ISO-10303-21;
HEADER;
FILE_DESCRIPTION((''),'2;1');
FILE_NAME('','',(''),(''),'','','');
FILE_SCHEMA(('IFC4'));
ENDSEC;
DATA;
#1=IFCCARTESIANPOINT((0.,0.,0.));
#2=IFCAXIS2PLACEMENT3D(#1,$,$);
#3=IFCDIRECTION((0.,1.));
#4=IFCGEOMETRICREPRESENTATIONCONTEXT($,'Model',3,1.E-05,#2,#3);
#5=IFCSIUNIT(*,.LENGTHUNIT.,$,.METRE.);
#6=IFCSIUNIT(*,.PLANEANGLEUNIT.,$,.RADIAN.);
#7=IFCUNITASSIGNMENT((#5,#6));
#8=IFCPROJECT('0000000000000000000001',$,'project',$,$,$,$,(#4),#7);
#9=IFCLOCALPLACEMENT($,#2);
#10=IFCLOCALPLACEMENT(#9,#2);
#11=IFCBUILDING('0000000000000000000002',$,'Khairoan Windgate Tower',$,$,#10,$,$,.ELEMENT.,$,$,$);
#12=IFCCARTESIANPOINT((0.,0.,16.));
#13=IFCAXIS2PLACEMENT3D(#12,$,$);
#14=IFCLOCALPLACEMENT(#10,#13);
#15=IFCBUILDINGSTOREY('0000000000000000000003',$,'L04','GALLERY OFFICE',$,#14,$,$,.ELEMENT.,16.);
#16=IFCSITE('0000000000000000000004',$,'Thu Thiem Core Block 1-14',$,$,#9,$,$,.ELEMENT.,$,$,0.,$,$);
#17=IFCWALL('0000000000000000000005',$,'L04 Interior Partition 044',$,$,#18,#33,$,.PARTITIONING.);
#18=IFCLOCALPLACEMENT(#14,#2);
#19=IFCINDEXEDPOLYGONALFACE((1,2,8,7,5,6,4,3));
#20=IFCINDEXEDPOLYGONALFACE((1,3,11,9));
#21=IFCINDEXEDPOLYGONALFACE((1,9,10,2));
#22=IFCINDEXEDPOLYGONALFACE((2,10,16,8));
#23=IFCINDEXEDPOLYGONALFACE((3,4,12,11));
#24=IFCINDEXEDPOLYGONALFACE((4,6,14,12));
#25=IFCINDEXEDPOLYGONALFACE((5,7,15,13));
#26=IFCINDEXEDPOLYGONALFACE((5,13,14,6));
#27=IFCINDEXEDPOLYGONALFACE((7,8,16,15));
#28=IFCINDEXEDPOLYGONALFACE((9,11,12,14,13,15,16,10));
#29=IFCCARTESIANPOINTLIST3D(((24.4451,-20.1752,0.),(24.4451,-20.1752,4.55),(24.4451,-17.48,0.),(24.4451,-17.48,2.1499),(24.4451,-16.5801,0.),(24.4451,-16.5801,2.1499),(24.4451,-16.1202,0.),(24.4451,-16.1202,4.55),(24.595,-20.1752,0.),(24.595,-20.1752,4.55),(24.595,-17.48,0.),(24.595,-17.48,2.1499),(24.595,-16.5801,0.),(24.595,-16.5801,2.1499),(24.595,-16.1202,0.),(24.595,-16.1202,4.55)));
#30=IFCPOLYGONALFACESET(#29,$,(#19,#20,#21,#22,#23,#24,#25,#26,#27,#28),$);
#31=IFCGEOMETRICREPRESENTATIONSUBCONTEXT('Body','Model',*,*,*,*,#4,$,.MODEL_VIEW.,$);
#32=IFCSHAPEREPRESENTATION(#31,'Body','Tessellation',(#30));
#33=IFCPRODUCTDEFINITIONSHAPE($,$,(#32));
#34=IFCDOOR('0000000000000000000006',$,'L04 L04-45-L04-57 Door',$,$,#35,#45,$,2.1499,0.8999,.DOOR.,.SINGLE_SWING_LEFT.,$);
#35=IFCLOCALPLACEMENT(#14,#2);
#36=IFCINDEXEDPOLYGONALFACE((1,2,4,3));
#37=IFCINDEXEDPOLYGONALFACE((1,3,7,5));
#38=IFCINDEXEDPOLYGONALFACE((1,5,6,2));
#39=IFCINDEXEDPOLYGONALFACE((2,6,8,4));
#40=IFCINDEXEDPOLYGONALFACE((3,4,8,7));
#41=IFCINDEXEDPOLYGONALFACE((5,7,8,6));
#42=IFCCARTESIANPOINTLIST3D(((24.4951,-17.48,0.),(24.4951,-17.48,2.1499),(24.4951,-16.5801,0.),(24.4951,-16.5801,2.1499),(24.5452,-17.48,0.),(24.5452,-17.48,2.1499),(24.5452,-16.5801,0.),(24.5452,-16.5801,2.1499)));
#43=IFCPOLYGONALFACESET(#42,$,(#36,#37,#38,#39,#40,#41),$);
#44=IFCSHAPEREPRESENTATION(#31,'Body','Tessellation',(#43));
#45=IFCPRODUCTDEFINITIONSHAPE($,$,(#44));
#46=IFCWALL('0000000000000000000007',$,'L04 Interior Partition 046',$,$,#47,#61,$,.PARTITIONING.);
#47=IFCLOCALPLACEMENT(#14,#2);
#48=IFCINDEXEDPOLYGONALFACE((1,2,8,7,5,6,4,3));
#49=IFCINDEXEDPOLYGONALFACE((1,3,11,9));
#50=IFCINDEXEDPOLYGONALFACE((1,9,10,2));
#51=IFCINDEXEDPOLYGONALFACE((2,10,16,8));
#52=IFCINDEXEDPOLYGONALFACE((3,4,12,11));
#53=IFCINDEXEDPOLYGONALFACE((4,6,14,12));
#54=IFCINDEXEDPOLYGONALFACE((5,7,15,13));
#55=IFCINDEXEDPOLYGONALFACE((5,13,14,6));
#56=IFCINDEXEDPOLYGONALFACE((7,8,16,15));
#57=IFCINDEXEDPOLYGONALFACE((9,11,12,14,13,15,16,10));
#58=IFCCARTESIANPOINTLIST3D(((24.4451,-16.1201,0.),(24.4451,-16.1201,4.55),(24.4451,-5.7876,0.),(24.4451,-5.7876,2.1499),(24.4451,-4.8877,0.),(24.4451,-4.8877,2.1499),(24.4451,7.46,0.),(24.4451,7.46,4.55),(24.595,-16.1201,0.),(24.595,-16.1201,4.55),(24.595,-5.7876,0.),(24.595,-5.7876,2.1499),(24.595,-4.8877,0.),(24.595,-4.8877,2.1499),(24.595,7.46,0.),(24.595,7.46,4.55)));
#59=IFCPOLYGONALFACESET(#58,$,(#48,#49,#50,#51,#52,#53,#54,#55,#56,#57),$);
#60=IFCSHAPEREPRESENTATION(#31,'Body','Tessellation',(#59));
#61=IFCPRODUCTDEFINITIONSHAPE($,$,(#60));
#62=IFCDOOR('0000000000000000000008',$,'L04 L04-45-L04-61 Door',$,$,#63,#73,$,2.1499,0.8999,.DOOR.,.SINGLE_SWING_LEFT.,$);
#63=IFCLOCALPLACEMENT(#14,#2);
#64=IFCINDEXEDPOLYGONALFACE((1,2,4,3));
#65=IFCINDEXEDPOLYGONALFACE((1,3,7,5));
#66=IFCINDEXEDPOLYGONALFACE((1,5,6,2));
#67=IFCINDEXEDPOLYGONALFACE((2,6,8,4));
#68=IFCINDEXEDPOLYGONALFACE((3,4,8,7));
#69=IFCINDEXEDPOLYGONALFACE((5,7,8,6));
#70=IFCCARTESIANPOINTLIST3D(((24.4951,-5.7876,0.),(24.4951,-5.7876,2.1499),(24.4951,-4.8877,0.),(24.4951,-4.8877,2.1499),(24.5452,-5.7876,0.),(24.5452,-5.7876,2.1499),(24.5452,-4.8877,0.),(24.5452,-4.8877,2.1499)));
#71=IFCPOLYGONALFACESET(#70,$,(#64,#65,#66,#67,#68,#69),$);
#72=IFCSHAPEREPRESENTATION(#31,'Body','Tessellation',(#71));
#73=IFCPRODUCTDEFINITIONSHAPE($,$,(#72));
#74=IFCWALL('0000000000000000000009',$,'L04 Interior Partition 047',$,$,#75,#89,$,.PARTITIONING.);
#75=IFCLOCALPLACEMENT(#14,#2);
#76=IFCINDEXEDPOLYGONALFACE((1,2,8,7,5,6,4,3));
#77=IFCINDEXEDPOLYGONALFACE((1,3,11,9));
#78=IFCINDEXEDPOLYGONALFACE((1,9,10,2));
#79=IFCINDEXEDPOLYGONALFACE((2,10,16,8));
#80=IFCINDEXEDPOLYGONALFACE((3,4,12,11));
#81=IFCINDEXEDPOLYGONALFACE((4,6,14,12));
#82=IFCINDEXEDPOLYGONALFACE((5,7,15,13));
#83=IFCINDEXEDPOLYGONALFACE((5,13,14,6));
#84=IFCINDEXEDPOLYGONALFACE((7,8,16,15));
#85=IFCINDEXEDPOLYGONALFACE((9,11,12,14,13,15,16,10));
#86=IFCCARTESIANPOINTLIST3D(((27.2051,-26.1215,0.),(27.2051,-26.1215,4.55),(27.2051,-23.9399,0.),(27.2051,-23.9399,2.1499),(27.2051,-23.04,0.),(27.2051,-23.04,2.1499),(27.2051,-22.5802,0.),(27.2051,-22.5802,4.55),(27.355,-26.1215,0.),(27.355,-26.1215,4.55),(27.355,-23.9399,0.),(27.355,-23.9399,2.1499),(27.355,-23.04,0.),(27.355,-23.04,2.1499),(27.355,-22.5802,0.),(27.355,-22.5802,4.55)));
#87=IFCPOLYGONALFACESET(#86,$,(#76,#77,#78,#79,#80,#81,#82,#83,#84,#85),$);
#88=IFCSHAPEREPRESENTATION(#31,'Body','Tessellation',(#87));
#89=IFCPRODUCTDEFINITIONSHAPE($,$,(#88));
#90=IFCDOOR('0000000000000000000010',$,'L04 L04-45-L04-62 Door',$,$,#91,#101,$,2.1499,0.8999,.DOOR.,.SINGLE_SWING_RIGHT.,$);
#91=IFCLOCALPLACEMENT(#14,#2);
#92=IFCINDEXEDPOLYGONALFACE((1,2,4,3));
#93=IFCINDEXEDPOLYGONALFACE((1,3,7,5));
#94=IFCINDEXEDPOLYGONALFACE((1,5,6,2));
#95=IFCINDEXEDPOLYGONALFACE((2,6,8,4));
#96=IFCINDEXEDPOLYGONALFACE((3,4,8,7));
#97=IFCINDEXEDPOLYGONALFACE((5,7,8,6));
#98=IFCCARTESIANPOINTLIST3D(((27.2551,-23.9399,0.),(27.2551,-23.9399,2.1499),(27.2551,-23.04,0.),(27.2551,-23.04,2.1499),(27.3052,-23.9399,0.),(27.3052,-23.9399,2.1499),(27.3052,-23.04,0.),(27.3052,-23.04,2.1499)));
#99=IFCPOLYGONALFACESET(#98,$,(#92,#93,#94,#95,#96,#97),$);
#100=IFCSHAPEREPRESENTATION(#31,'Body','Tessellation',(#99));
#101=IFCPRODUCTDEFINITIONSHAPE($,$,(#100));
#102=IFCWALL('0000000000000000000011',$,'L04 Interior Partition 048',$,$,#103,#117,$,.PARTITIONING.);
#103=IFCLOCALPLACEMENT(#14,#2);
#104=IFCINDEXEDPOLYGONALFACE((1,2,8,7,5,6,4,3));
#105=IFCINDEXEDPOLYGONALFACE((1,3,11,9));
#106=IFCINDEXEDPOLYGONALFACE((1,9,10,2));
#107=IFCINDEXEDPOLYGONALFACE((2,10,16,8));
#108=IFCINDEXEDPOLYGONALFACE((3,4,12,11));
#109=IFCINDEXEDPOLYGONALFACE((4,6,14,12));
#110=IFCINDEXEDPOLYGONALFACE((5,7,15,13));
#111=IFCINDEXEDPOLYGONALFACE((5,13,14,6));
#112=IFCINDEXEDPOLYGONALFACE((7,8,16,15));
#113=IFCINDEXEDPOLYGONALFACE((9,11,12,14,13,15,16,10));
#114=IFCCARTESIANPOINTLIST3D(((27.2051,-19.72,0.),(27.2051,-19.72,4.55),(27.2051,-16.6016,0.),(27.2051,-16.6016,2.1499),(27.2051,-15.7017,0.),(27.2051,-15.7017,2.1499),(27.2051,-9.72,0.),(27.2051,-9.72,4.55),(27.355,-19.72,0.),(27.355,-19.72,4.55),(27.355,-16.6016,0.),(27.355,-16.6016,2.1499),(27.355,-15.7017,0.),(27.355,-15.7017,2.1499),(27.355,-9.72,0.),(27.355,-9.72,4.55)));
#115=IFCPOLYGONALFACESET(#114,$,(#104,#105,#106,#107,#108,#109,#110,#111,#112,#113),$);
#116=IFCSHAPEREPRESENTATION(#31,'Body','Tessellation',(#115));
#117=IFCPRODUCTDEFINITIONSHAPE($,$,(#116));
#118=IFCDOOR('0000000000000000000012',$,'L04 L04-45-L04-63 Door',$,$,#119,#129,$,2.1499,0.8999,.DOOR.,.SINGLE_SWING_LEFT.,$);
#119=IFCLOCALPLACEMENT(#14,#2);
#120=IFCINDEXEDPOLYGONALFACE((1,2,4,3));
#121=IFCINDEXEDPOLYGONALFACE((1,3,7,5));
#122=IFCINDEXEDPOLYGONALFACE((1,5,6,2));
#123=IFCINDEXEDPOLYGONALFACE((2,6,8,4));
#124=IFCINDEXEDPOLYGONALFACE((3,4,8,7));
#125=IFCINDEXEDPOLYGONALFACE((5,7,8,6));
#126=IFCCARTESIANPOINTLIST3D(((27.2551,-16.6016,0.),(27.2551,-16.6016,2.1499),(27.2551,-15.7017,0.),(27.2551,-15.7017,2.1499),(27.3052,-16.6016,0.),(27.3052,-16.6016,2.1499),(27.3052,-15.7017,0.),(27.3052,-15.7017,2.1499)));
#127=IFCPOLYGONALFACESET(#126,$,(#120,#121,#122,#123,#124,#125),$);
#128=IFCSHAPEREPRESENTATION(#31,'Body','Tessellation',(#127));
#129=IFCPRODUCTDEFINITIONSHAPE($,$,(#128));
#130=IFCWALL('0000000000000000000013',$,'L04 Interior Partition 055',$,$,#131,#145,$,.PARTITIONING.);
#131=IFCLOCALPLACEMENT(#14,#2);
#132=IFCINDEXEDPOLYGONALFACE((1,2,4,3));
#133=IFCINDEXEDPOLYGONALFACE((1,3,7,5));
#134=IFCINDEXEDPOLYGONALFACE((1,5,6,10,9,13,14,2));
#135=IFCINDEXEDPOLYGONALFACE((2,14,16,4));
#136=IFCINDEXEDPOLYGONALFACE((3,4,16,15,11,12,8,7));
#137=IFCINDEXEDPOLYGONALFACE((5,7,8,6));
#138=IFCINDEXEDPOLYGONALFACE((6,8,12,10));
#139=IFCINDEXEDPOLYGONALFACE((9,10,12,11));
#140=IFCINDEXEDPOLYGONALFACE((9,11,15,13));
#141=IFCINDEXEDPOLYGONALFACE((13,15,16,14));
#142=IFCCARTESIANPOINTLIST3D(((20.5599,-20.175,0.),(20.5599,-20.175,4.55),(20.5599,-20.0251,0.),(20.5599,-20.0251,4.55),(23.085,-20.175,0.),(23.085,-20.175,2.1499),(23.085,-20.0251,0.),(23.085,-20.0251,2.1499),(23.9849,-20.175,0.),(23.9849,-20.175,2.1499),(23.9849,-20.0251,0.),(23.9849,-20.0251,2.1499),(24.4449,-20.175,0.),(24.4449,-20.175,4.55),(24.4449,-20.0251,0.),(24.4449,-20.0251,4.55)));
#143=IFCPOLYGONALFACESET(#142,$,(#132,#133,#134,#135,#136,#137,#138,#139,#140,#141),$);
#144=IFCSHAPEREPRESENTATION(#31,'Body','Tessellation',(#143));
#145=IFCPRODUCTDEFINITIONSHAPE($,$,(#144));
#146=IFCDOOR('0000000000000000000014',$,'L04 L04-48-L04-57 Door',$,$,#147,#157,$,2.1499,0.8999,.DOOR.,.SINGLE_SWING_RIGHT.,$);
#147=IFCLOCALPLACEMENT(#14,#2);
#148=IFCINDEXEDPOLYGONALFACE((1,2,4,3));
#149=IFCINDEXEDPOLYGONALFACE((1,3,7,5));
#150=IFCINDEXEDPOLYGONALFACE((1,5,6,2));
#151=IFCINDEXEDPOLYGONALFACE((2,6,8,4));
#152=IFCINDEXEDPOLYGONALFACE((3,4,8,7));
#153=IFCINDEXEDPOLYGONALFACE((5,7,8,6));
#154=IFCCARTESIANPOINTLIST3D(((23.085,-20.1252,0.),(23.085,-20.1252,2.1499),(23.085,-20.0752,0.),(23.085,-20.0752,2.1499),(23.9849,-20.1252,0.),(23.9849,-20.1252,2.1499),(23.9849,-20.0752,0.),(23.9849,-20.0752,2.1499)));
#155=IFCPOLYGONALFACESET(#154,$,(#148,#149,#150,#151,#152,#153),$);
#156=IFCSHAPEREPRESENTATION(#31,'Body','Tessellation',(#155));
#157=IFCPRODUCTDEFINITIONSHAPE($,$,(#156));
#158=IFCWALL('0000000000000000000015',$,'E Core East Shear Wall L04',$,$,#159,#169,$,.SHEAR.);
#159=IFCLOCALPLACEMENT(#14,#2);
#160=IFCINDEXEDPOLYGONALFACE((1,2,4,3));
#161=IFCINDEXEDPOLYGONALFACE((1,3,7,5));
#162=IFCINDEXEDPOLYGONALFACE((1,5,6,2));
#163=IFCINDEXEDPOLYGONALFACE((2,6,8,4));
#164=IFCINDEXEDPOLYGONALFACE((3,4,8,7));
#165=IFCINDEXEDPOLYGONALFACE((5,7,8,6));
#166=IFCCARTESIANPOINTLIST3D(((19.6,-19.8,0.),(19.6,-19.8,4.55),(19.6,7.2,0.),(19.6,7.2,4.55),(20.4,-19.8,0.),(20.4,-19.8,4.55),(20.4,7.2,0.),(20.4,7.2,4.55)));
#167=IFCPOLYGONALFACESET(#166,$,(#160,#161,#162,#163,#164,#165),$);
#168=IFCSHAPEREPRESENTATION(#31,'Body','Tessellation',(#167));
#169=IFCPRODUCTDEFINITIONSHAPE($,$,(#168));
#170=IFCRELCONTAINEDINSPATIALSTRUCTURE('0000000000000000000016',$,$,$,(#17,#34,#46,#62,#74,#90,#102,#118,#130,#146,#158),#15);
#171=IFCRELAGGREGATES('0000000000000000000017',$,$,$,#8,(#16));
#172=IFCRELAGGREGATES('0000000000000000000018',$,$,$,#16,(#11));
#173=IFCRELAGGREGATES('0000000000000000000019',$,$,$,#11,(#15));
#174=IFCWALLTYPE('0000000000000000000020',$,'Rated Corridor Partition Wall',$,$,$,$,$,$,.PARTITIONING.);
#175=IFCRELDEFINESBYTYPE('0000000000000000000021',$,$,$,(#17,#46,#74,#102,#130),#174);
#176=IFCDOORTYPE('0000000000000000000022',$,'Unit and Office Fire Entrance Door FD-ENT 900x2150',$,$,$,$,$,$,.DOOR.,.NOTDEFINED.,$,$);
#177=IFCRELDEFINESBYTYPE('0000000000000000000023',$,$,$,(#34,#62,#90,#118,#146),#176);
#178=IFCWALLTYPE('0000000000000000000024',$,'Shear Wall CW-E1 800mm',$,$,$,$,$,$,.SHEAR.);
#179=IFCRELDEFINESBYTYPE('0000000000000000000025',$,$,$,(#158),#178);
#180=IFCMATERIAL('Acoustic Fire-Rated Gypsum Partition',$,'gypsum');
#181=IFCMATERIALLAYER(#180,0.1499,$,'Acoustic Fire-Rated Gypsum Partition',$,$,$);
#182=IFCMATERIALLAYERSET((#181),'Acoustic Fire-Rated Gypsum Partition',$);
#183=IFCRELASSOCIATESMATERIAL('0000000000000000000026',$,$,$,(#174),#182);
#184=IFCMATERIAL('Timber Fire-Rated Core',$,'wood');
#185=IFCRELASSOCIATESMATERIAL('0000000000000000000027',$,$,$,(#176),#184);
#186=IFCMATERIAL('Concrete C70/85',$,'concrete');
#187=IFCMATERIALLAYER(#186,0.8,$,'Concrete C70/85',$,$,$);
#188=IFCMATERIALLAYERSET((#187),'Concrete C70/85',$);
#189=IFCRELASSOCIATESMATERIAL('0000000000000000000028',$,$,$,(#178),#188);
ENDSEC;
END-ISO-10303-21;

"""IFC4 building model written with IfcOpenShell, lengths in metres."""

from ifc_helpers import new_model, si_unit, direction, frame, frame_2d, origin, place, context, subcontext, project, spatial, rectangle, extrude, material, layer, layer_set, type_object, element, fill, save


model = new_model("IFC4")

# Units and contexts
model_context = context("Model", 3, precision=1e-05, world=origin(), true_north=direction((0.0, 1.0)))
body_context = subcontext(model_context, "Body", "Model", "MODEL_VIEW")
ifc_project = project(units=[si_unit("LENGTHUNIT", "METRE"), si_unit("PLANEANGLEUNIT", "RADIAN")], contexts=[model_context])

# Site, building, storey
site_placement = place(None, origin())
site = spatial("IfcSite", under=ifc_project, at=site_placement, Name="Thu Thiem Core Block 1-14", CompositionType="ELEMENT", RefElevation=0.0)
building_placement = place(site_placement, origin())
building = spatial("IfcBuilding", under=site, at=building_placement, Name="Khairoan Windgate Tower", CompositionType="ELEMENT")
storey_placement = place(building_placement, frame((0.0, 0.0, 16.0)))
storey = spatial("IfcBuildingStorey", under=building, at=storey_placement, Name="L04", Description="GALLERY OFFICE", CompositionType="ELEMENT", Elevation=16.0)

# Walls, openings, doors
ifc_material_1 = material(Name="Acoustic Fire-Rated Gypsum Partition", Category="gypsum")
ifc_layer_1 = layer(ifc_material_1, 0.1499, Name="Acoustic Fire-Rated Gypsum Partition")
ifc_layer_set_1 = layer_set([ifc_layer_1], Name="Acoustic Fire-Rated Gypsum Partition")
wall_type_1 = type_object("IfcWallType", Name="Rated Corridor Partition Wall", PredefinedType="PARTITIONING", material=ifc_layer_set_1)
ifc_material_2 = material(Name="Timber Fire-Rated Core", Category="wood")
door_type = type_object("IfcDoorType", Name="Unit and Office Fire Entrance Door FD-ENT 900x2150", OperationType="NOTDEFINED", PredefinedType="DOOR", material=ifc_material_2)
wall_1_placement = place(storey_placement, frame((24.52, -20.175, 0.0), z_axis=(0.0, 0.0, 1.0), x_axis=(0.0, 1.0, 0.0)))
wall_1 = element("IfcWall", 1, at=wall_1_placement, inside=storey, type_object=wall_type_1, Name="L04 Interior Partition 044", PredefinedType="PARTITIONING", context=body_context, shape_type="SweptSolid", body=[
    extrude(rectangle(XDim=4.0549, YDim=0.1499, at=frame_2d((2.0273, 0.0))), origin(), (0.0, 0.0, 1.0), 4.55),
])
opening_1_placement = place(wall_1_placement, frame((2.6951, 0.0, 0.0)))
opening_1 = element("IfcOpeningElement", 2, at=opening_1_placement, cuts=wall_1, PredefinedType="OPENING", context=body_context, shape_type="SweptSolid", body=[
    extrude(rectangle(XDim=0.8999, YDim=2.1499, at=frame_2d((0.45, 1.075))), frame((0.0, 0.085, 0.0), z_axis=(0.0, -1.0, 0.0), x_axis=(1.0, 0.0, 0.0)), (0.0, 0.0, 1.0), 0.1699),
])
door_1_placement = place(opening_1_placement, origin())
door_1 = element("IfcDoor", 3, at=door_1_placement, inside=storey, type_object=door_type, Name="L04 L04-45-L04-57 Door", OperationType="SINGLE_SWING_LEFT", OverallHeight=2.1499, OverallWidth=0.8999, PredefinedType="DOOR", context=body_context, shape_type="SweptSolid", body=[
    extrude(rectangle(XDim=0.8999, YDim=2.1499, at=frame_2d((0.45, 1.075))), frame((0.0, 0.0249, 0.0), z_axis=(0.0, -1.0, 0.0), x_axis=(1.0, 0.0, 0.0)), (0.0, 0.0, 1.0), 0.05),
])
fill(opening_1, door_1)
wall_2_placement = place(storey_placement, frame((24.52, -16.1201, 0.0), z_axis=(0.0, 0.0, 1.0), x_axis=(0.0, 1.0, 0.0)))
wall_2 = element("IfcWall", 4, at=wall_2_placement, inside=storey, type_object=wall_type_1, Name="L04 Interior Partition 046", PredefinedType="PARTITIONING", context=body_context, shape_type="SweptSolid", body=[
    extrude(rectangle(XDim=23.5801, YDim=0.1499, at=frame_2d((11.79, 0.0))), origin(), (0.0, 0.0, 1.0), 4.55),
])
opening_2_placement = place(wall_2_placement, frame((10.3325, 0.0, 0.0)))
opening_2 = element("IfcOpeningElement", 5, at=opening_2_placement, cuts=wall_2, PredefinedType="OPENING", context=body_context, shape_type="SweptSolid", body=[
    extrude(rectangle(XDim=0.8999, YDim=2.1499, at=frame_2d((0.45, 1.075))), frame((0.0, 0.085, 0.0), z_axis=(0.0, -1.0, 0.0), x_axis=(1.0, 0.0, 0.0)), (0.0, 0.0, 1.0), 0.1699),
])
door_2_placement = place(opening_2_placement, origin())
door_2 = element("IfcDoor", 6, at=door_2_placement, inside=storey, type_object=door_type, Name="L04 L04-45-L04-61 Door", OperationType="SINGLE_SWING_LEFT", OverallHeight=2.1499, OverallWidth=0.8999, PredefinedType="DOOR", context=body_context, shape_type="SweptSolid", body=[
    extrude(rectangle(XDim=0.8999, YDim=2.1499, at=frame_2d((0.45, 1.075))), frame((0.0, 0.0249, 0.0), z_axis=(0.0, -1.0, 0.0), x_axis=(1.0, 0.0, 0.0)), (0.0, 0.0, 1.0), 0.05),
])
fill(opening_2, door_2)
wall_3_placement = place(storey_placement, frame((27.28, -26.1213, 0.0), z_axis=(0.0, 0.0, 1.0), x_axis=(0.0, 1.0, 0.0)))
wall_3 = element("IfcWall", 7, at=wall_3_placement, inside=storey, type_object=wall_type_1, Name="L04 Interior Partition 047", PredefinedType="PARTITIONING", context=body_context, shape_type="SweptSolid", body=[
    extrude(rectangle(XDim=3.5413, YDim=0.1499, at=frame_2d((1.7705, 0.0))), origin(), (0.0, 0.0, 1.0), 4.55),
])
opening_3_placement = place(wall_3_placement, frame((2.1814, 0.0, 0.0)))
opening_3 = element("IfcOpeningElement", 8, at=opening_3_placement, cuts=wall_3, PredefinedType="OPENING", context=body_context, shape_type="SweptSolid", body=[
    extrude(rectangle(XDim=0.8999, YDim=2.1499, at=frame_2d((0.45, 1.075))), frame((0.0, 0.085, 0.0), z_axis=(0.0, -1.0, 0.0), x_axis=(1.0, 0.0, 0.0)), (0.0, 0.0, 1.0), 0.1699),
])
door_3_placement = place(opening_3_placement, origin())
door_3 = element("IfcDoor", 9, at=door_3_placement, inside=storey, type_object=door_type, Name="L04 L04-45-L04-62 Door", OperationType="SINGLE_SWING_RIGHT", OverallHeight=2.1499, OverallWidth=0.8999, PredefinedType="DOOR", context=body_context, shape_type="SweptSolid", body=[
    extrude(rectangle(XDim=0.8999, YDim=2.1499, at=frame_2d((0.45, 1.075))), frame((0.0, 0.0249, 0.0), z_axis=(0.0, -1.0, 0.0), x_axis=(1.0, 0.0, 0.0)), (0.0, 0.0, 1.0), 0.05),
])
fill(opening_3, door_3)
wall_4_placement = place(storey_placement, frame((27.28, -19.72, 0.0), z_axis=(0.0, 0.0, 1.0), x_axis=(0.0, 1.0, 0.0)))
wall_4 = element("IfcWall", 10, at=wall_4_placement, inside=storey, type_object=wall_type_1, Name="L04 Interior Partition 048", PredefinedType="PARTITIONING", context=body_context, shape_type="SweptSolid", body=[
    extrude(rectangle(XDim=10.0, YDim=0.1499, at=frame_2d((5.0, 0.0))), origin(), (0.0, 0.0, 1.0), 4.55),
])
opening_4_placement = place(wall_4_placement, frame((3.1184, 0.0, 0.0)))
opening_4 = element("IfcOpeningElement", 11, at=opening_4_placement, cuts=wall_4, PredefinedType="OPENING", context=body_context, shape_type="SweptSolid", body=[
    extrude(rectangle(XDim=0.8999, YDim=2.1499, at=frame_2d((0.45, 1.075))), frame((0.0, 0.085, 0.0), z_axis=(0.0, -1.0, 0.0), x_axis=(1.0, 0.0, 0.0)), (0.0, 0.0, 1.0), 0.1699),
])
door_4_placement = place(opening_4_placement, origin())
door_4 = element("IfcDoor", 12, at=door_4_placement, inside=storey, type_object=door_type, Name="L04 L04-45-L04-63 Door", OperationType="SINGLE_SWING_LEFT", OverallHeight=2.1499, OverallWidth=0.8999, PredefinedType="DOOR", context=body_context, shape_type="SweptSolid", body=[
    extrude(rectangle(XDim=0.8999, YDim=2.1499, at=frame_2d((0.45, 1.075))), frame((0.0, 0.0249, 0.0), z_axis=(0.0, -1.0, 0.0), x_axis=(1.0, 0.0, 0.0)), (0.0, 0.0, 1.0), 0.05),
])
fill(opening_4, door_4)
wall_5_placement = place(storey_placement, frame((20.5601, -20.1001, 0.0), z_axis=(0.0, 0.0, 1.0), x_axis=(1.0, 0.0, 0.0)))
wall_5 = element("IfcWall", 13, at=wall_5_placement, inside=storey, type_object=wall_type_1, Name="L04 Interior Partition 055", PredefinedType="PARTITIONING", context=body_context, shape_type="SweptSolid", body=[
    extrude(rectangle(XDim=3.885, YDim=0.1499, at=frame_2d((1.9424, 0.0))), origin(), (0.0, 0.0, 1.0), 4.55),
])
opening_5_placement = place(wall_5_placement, frame((2.5249, 0.0, 0.0)))
opening_5 = element("IfcOpeningElement", 14, at=opening_5_placement, cuts=wall_5, PredefinedType="OPENING", context=body_context, shape_type="SweptSolid", body=[
    extrude(rectangle(XDim=0.8999, YDim=2.1499, at=frame_2d((0.45, 1.075))), frame((0.0, 0.085, 0.0), z_axis=(0.0, -1.0, 0.0), x_axis=(1.0, 0.0, 0.0)), (0.0, 0.0, 1.0), 0.1699),
])
door_5_placement = place(opening_5_placement, origin())
door_5 = element("IfcDoor", 15, at=door_5_placement, inside=storey, type_object=door_type, Name="L04 L04-48-L04-57 Door", OperationType="SINGLE_SWING_RIGHT", OverallHeight=2.1499, OverallWidth=0.8999, PredefinedType="DOOR", context=body_context, shape_type="SweptSolid", body=[
    extrude(rectangle(XDim=0.8999, YDim=2.1499, at=frame_2d((0.45, 1.075))), frame((0.0, 0.0249, 0.0), z_axis=(0.0, -1.0, 0.0), x_axis=(1.0, 0.0, 0.0)), (0.0, 0.0, 1.0), 0.05),
])
fill(opening_5, door_5)

# Wall
ifc_material_3 = material(Name="Concrete C70/85", Category="concrete")
ifc_layer_2 = layer(ifc_material_3, 0.8, Name="Concrete C70/85")
ifc_layer_set_2 = layer_set([ifc_layer_2], Name="Concrete C70/85")
wall_type_2 = type_object("IfcWallType", Name="Shear Wall CW-E1 800mm", PredefinedType="SHEAR", material=ifc_layer_set_2)
wall_6_placement = place(storey_placement, frame((20.0, -19.8, 0.0), z_axis=(0.0, 0.0, 1.0), x_axis=(0.0, 1.0, 0.0)))
element("IfcWall", 16, at=wall_6_placement, inside=storey, type_object=wall_type_2, Name="E Core East Shear Wall L04", PredefinedType="SHEAR", context=body_context, shape_type="SweptSolid", body=[
    extrude(rectangle(XDim=27.0, YDim=0.8, at=frame_2d((13.5, 0.0))), origin(), (0.0, 0.0, 1.0), 4.55),
])

save(model, "model.ifc")
